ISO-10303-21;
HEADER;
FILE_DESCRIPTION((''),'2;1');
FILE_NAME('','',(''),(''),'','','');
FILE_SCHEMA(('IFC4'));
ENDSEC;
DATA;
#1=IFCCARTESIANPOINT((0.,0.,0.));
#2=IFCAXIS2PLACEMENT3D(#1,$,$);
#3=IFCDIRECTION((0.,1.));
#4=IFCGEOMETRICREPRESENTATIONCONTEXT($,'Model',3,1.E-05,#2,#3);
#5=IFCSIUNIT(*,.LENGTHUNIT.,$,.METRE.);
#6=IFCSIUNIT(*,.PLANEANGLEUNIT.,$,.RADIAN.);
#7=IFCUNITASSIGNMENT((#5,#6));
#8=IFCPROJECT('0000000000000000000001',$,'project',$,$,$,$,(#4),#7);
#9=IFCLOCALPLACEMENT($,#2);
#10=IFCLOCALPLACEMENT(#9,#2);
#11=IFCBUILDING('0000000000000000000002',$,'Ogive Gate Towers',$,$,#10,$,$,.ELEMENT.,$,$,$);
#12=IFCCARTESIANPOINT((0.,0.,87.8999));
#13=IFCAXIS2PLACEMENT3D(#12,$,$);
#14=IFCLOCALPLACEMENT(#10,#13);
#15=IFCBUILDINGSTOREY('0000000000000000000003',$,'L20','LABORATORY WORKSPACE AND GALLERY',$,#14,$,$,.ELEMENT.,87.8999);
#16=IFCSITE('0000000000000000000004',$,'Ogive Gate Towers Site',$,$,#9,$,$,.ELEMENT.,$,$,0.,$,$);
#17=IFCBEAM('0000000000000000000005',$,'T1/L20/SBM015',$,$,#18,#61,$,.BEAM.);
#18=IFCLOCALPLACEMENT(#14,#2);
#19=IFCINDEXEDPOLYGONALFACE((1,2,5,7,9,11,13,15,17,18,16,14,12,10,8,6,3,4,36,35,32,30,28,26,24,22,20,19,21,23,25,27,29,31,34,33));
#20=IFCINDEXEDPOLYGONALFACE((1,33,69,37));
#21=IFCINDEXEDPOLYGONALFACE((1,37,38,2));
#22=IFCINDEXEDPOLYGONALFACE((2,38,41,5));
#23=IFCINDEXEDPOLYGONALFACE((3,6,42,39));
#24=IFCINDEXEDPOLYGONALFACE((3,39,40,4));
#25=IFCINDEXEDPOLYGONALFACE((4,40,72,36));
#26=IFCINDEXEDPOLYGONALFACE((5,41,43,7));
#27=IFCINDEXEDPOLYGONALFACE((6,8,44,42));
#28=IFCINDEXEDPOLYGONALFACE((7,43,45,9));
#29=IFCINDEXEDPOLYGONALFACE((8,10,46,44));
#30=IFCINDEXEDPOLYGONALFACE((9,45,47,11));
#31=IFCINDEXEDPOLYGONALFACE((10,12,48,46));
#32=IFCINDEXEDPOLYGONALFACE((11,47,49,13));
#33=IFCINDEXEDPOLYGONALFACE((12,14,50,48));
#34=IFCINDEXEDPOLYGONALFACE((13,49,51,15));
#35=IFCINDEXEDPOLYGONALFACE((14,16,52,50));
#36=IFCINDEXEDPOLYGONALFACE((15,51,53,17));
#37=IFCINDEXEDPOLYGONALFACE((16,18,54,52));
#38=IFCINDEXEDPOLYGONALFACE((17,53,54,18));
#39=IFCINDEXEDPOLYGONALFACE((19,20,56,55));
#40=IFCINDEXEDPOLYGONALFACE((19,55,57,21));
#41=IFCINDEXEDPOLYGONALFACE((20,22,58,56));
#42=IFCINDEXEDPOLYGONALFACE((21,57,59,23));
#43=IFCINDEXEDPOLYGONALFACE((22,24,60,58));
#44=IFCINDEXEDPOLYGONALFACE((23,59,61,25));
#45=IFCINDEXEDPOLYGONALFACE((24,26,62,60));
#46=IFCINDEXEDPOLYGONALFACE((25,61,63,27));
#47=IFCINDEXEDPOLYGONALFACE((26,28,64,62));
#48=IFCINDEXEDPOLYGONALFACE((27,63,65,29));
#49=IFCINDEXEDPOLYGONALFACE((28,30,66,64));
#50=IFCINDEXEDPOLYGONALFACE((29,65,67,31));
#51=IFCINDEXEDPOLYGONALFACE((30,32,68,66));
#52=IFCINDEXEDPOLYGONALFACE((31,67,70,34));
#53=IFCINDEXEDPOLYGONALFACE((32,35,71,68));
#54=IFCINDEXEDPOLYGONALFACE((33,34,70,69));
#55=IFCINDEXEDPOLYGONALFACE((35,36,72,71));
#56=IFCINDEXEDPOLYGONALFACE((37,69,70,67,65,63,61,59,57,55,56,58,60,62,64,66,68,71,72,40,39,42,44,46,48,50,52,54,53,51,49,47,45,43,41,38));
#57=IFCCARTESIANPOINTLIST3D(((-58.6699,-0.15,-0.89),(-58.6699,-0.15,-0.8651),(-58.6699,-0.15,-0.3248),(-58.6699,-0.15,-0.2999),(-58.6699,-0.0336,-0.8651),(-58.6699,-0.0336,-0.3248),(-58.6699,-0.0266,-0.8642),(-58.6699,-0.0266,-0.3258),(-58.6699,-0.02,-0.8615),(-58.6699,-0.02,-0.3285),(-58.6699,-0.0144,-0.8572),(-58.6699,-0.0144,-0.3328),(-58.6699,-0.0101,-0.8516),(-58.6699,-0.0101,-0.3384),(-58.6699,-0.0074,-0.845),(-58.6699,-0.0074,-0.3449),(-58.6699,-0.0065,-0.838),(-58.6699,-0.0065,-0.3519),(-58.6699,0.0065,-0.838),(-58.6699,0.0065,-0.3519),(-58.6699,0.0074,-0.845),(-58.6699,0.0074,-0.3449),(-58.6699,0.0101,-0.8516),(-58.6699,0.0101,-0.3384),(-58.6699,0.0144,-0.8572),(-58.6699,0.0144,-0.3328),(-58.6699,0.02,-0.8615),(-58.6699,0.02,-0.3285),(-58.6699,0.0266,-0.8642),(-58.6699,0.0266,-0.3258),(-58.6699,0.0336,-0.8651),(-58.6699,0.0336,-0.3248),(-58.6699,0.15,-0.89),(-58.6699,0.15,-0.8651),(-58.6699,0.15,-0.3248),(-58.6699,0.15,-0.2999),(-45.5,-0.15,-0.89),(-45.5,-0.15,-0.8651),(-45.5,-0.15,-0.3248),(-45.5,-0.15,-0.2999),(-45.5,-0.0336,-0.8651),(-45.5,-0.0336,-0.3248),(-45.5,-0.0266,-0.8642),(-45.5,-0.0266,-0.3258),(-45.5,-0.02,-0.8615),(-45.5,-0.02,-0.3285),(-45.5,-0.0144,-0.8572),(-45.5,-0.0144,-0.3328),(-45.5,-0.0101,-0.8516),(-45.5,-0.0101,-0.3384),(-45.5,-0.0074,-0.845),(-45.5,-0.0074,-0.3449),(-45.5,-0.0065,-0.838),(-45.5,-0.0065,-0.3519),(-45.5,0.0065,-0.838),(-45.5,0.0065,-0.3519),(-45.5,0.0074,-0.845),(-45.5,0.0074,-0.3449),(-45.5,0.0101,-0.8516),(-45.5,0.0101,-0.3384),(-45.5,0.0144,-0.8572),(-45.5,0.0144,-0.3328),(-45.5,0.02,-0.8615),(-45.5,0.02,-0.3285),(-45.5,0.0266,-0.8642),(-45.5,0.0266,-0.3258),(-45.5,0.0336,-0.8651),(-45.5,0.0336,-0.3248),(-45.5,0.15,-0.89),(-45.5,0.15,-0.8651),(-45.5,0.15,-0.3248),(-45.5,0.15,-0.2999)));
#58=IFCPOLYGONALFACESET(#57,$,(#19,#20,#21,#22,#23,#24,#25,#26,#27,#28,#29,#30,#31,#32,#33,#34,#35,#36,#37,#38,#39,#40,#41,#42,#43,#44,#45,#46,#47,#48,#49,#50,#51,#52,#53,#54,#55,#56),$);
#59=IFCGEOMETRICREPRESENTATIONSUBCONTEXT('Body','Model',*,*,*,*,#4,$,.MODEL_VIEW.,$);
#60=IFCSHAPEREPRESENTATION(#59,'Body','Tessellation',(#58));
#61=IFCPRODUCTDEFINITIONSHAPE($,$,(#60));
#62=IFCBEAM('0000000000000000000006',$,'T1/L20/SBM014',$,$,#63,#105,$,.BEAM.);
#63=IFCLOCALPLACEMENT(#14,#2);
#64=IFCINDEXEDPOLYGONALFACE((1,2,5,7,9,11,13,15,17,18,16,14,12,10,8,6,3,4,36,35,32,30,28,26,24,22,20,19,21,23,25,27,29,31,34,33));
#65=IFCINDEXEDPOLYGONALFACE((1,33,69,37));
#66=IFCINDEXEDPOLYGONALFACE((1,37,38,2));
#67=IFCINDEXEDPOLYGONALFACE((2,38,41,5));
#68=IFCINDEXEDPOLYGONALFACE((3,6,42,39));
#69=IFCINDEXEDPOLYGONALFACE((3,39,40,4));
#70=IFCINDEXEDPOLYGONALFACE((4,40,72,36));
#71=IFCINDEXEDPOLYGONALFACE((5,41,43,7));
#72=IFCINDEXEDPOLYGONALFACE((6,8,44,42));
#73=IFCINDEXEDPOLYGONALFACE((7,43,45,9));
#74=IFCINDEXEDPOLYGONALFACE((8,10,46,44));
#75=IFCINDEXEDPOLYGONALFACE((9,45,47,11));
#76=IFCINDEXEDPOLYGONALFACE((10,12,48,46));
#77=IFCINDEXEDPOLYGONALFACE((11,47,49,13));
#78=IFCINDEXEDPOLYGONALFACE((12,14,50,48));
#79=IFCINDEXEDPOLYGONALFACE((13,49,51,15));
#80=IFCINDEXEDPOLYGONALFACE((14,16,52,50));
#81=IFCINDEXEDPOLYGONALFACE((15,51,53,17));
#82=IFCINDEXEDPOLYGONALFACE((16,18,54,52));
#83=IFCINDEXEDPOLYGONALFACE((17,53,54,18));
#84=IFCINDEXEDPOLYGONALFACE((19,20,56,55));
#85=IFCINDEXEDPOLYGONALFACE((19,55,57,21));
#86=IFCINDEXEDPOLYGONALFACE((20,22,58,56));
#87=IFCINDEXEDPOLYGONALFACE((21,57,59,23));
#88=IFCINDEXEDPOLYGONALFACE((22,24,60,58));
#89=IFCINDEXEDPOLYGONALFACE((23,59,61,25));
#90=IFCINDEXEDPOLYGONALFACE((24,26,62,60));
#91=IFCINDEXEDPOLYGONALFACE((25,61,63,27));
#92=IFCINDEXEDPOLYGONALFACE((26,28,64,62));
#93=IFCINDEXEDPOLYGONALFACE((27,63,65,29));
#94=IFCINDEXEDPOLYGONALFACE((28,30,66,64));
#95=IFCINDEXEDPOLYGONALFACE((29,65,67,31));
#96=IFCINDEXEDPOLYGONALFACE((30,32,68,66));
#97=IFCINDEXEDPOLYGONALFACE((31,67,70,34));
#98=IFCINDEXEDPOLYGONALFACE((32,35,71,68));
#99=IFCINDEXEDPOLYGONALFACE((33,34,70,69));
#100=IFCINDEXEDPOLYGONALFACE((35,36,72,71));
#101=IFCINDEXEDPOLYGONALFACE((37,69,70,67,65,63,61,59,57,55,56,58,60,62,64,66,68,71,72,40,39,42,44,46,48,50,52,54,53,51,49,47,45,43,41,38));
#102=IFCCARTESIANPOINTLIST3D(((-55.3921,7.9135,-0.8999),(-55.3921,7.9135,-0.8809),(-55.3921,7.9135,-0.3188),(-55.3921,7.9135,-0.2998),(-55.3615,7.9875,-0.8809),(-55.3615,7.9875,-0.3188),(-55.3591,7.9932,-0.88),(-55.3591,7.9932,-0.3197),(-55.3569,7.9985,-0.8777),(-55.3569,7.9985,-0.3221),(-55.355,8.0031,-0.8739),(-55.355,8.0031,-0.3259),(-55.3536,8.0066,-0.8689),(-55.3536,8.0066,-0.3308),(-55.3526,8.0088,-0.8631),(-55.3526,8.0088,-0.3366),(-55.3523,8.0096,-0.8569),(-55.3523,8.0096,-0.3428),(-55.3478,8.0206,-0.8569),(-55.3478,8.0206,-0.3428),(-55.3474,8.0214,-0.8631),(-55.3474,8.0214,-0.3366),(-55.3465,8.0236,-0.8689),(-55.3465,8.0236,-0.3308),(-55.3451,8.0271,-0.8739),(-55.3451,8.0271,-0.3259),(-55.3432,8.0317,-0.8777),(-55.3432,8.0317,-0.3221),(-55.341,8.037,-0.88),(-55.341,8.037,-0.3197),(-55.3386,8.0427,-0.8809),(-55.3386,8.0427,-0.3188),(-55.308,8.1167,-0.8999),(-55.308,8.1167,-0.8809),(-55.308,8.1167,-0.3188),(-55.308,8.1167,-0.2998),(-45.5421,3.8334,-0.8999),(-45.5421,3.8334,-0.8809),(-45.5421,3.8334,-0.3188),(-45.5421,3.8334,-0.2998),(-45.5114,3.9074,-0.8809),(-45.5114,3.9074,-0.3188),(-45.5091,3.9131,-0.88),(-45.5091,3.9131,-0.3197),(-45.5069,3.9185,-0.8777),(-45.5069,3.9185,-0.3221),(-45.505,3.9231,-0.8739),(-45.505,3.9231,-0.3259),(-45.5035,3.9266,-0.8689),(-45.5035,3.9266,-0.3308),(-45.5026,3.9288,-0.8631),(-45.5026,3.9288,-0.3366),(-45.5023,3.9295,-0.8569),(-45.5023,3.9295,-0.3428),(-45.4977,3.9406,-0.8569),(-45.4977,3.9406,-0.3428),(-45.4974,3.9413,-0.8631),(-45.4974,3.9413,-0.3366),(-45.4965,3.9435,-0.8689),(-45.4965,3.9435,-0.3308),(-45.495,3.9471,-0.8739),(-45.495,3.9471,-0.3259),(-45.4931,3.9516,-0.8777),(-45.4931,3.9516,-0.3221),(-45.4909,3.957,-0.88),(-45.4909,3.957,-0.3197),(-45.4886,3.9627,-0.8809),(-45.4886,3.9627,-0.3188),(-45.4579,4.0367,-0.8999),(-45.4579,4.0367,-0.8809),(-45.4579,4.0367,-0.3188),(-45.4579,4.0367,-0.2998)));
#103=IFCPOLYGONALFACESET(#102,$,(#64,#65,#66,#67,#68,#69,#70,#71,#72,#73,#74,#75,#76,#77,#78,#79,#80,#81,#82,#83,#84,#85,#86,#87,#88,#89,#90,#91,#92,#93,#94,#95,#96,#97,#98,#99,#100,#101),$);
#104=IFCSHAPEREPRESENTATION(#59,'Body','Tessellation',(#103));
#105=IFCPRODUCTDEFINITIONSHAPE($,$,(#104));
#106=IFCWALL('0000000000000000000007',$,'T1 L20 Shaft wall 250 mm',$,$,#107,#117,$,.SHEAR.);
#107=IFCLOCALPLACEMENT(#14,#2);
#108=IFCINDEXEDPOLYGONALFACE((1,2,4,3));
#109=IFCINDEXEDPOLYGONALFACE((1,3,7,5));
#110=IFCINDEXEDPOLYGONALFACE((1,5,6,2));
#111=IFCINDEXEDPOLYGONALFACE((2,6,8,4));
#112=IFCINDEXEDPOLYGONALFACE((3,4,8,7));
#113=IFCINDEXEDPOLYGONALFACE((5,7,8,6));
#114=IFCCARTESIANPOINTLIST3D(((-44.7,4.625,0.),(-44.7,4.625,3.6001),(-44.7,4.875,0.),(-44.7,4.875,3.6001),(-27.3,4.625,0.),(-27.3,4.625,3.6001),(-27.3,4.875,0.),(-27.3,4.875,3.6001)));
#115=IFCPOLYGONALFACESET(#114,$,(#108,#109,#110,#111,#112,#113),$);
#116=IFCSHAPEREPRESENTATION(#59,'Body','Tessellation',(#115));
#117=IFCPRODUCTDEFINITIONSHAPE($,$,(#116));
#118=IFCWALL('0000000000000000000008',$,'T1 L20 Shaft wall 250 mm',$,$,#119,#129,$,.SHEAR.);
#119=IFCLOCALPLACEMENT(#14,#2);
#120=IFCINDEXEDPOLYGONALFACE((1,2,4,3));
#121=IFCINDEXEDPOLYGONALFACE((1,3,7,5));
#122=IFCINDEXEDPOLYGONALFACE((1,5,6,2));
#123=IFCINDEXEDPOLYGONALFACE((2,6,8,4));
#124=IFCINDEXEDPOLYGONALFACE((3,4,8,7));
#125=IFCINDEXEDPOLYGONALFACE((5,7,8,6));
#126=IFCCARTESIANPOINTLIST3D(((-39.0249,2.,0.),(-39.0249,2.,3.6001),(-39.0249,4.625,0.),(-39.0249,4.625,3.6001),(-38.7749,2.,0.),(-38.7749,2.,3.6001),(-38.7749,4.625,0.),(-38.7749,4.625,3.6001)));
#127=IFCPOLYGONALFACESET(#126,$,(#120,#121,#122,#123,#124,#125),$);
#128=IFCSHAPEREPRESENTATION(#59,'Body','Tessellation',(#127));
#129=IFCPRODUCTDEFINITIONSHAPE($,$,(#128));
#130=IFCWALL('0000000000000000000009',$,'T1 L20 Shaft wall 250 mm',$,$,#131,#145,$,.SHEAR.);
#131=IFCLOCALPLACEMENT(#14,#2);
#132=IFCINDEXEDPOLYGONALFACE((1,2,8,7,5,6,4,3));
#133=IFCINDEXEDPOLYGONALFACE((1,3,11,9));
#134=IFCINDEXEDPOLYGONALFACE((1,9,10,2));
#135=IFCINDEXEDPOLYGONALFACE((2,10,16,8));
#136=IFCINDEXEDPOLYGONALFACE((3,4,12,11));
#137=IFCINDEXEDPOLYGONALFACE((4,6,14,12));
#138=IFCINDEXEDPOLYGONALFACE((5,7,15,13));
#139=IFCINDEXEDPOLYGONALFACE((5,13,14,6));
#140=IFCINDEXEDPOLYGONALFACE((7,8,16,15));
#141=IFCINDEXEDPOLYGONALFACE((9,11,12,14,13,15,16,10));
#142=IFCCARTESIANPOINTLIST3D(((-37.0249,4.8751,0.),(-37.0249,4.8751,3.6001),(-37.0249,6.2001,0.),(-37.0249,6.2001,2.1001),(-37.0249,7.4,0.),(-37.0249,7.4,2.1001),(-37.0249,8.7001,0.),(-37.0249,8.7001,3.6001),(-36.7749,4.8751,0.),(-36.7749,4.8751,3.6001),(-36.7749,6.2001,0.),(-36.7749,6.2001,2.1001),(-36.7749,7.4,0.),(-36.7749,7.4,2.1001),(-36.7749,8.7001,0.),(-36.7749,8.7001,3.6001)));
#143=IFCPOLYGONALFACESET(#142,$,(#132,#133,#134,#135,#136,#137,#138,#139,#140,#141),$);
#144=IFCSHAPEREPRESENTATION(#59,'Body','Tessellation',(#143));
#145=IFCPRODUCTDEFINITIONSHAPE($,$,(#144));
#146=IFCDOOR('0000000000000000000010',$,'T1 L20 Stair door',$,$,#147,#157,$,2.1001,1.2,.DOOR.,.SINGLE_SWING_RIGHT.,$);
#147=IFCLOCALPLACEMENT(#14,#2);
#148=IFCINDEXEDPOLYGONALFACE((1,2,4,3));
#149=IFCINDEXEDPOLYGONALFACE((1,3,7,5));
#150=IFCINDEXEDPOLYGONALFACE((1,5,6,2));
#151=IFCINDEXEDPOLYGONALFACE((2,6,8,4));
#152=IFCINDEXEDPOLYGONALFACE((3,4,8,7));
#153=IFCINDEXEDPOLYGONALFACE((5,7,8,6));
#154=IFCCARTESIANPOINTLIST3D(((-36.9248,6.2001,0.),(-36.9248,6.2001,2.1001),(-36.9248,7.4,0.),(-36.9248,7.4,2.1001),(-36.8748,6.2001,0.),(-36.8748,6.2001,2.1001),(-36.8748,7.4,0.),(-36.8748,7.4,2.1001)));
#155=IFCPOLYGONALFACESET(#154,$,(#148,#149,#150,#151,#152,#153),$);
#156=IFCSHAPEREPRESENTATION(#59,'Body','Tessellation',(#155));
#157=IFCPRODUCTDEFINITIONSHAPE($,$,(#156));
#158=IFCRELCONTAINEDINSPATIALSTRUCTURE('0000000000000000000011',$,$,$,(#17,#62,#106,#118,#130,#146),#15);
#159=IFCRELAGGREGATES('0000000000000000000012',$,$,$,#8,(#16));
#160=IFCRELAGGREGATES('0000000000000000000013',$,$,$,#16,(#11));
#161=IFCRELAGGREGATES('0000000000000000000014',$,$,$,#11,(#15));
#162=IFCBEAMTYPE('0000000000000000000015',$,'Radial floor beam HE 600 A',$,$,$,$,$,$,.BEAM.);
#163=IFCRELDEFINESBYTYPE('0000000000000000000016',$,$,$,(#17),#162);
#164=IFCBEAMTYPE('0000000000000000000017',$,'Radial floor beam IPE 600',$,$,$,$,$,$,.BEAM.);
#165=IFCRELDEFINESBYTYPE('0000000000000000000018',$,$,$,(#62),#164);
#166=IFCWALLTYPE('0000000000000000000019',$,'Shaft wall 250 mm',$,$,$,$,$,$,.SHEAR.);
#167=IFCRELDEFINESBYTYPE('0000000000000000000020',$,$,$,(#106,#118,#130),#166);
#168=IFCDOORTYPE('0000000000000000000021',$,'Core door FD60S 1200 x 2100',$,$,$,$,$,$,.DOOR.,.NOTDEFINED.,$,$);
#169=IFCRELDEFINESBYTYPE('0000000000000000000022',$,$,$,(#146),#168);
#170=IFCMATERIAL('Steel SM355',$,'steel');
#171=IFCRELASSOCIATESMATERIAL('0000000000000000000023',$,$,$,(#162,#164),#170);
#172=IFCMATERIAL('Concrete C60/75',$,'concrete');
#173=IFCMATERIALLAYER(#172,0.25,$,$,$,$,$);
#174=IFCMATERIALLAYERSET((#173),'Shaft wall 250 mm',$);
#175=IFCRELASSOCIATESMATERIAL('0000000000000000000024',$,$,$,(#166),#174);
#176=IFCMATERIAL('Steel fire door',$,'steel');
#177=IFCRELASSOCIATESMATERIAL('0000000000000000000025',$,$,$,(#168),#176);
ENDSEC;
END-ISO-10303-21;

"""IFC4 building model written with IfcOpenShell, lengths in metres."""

from ifc_helpers import new_model, si_unit, direction, frame, frame_2d, origin, origin_2d, place, context, subcontext, project, spatial, rectangle, i_section, extrude, material, layer, layer_set, material_profile, profile_set, type_object, element, fill, save


model = new_model("IFC4")

# Units and contexts
model_context = context("Model", 3, precision=1e-05, world=origin(), true_north=direction((0.0, 1.0)))
body_context = subcontext(model_context, "Body", "Model", "MODEL_VIEW")
ifc_project = project(units=[si_unit("LENGTHUNIT", "METRE"), si_unit("PLANEANGLEUNIT", "RADIAN")], contexts=[model_context])

# Site, building, storey
site_placement = place(None, origin())
site = spatial("IfcSite", under=ifc_project, at=site_placement, Name="Ogive Gate Towers Site", CompositionType="ELEMENT", RefElevation=0.0)
building_placement = place(site_placement, origin())
building = spatial("IfcBuilding", under=site, at=building_placement, Name="Ogive Gate Towers", CompositionType="ELEMENT")
storey_placement = place(building_placement, frame((0.0, 0.0, 87.8999)))
storey = spatial("IfcBuildingStorey", under=building, at=storey_placement, Name="L20", Description="LABORATORY WORKSPACE AND GALLERY", CompositionType="ELEMENT", Elevation=87.8999)

# Beams
ifc_material_1 = material(Name="Steel SM355", Category="steel")
ifc_material_profile_1 = material_profile(ifc_material_1, i_section(OverallWidth=0.3, OverallDepth=0.5901, WebThickness=0.0129, FlangeThickness=0.0249, FilletRadius=0.0271, at=origin_2d()), Name="HE 600 A")
ifc_profile_set_1 = profile_set([ifc_material_profile_1], Name="Steel SM355")
beam_type_1 = type_object("IfcBeamType", Name="Radial floor beam HE 600 A", PredefinedType="BEAM", material=ifc_profile_set_1)
beam_1_placement = place(storey_placement, frame((-45.5, 0.0, -0.595), z_axis=(-1.0, 0.0, 0.0), x_axis=(0.0, -1.0, 0.0)))
element("IfcBeam", 1, at=beam_1_placement, inside=storey, type_object=beam_type_1, Name="T1/L20/SBM015", PredefinedType="BEAM", context=body_context, shape_type="SweptSolid", body=[
    extrude(i_section(OverallWidth=0.3, OverallDepth=0.5901, WebThickness=0.0129, FlangeThickness=0.0249, FilletRadius=0.0271, at=origin_2d()), origin(), (0.0, 0.0, 1.0), 13.1699),
])
ifc_material_profile_2 = material_profile(ifc_material_1, i_section(OverallWidth=0.22, OverallDepth=0.6001, WebThickness=0.012, FlangeThickness=0.019, FilletRadius=0.0239, at=origin_2d()), Name="IPE 600")
ifc_profile_set_2 = profile_set([ifc_material_profile_2], Name="Steel SM355")
beam_type_2 = type_object("IfcBeamType", Name="Radial floor beam IPE 600", PredefinedType="BEAM", material=ifc_profile_set_2)
beam_2_placement = place(storey_placement, frame((-45.5, 3.9351, -0.5999), z_axis=(-0.923878, 0.382686, 0.0), x_axis=(-0.382686, -0.923878, 0.0)))
element("IfcBeam", 2, at=beam_2_placement, inside=storey, type_object=beam_type_2, Name="T1/L20/SBM014", PredefinedType="BEAM", context=body_context, shape_type="SweptSolid", body=[
    extrude(i_section(OverallWidth=0.22, OverallDepth=0.6001, WebThickness=0.012, FlangeThickness=0.019, FilletRadius=0.0239, at=origin_2d()), origin(), (0.0, 0.0, 1.0), 10.6616),
])

# Walls
ifc_material_2 = material(Name="Concrete C60/75", Category="concrete")
ifc_layer_1 = layer(ifc_material_2, 0.25)
ifc_layer_set_1 = layer_set([ifc_layer_1], Name="Shaft wall 250 mm")
wall_type_1 = type_object("IfcWallType", Name="Shaft wall 250 mm", PredefinedType="SHEAR", material=ifc_layer_set_1)
wall_1_placement = place(storey_placement, frame((-44.7, 4.75, 0.0), z_axis=(0.0, 0.0, 1.0), x_axis=(1.0, 0.0, 0.0)))
element("IfcWall", 3, at=wall_1_placement, inside=storey, type_object=wall_type_1, Name="T1 L20 Shaft wall 250 mm", PredefinedType="SHEAR", context=body_context, shape_type="SweptSolid", body=[
    extrude(rectangle(XDim=17.3999, YDim=0.25, at=frame_2d((8.7, 0.0))), origin(), (0.0, 0.0, 1.0), 3.6001),
])
wall_2_placement = place(storey_placement, frame((-38.8999, 2.0, 0.0), z_axis=(0.0, 0.0, 1.0), x_axis=(0.0, 1.0, 0.0)))
element("IfcWall", 4, at=wall_2_placement, inside=storey, type_object=wall_type_1, Name="T1 L20 Shaft wall 250 mm", PredefinedType="SHEAR", context=body_context, shape_type="SweptSolid", body=[
    extrude(rectangle(XDim=2.625, YDim=0.25, at=frame_2d((1.3125, 0.0))), origin(), (0.0, 0.0, 1.0), 3.6001),
])

# Wall, opening, door
wall_3_placement = place(storey_placement, frame((-36.8999, 4.875, 0.0), z_axis=(0.0, 0.0, 1.0), x_axis=(0.0, 1.0, 0.0)))
wall_3 = element("IfcWall", 5, at=wall_3_placement, inside=storey, type_object=wall_type_1, Name="T1 L20 Shaft wall 250 mm", PredefinedType="SHEAR", context=body_context, shape_type="SweptSolid", body=[
    extrude(rectangle(XDim=3.825, YDim=0.25, at=frame_2d((1.9126, 0.0))), origin(), (0.0, 0.0, 1.0), 3.6001),
])
opening_1_placement = place(wall_3_placement, frame((1.325, 0.0, 0.0)))
opening_1 = element("IfcOpeningElement", 6, at=opening_1_placement, cuts=wall_3, PredefinedType="OPENING", context=body_context, shape_type="SweptSolid", body=[
    extrude(rectangle(XDim=1.2, YDim=2.1001, at=frame_2d((0.6001, 1.05))), frame((0.0, 0.135, 0.0), z_axis=(0.0, -1.0, 0.0), x_axis=(1.0, 0.0, 0.0)), (0.0, 0.0, 1.0), 0.27),
])
ifc_material_3 = material(Name="Steel fire door", Category="steel")
door_type_1 = type_object("IfcDoorType", Name="Core door FD60S 1200 x 2100", OperationType="NOTDEFINED", PredefinedType="DOOR", material=ifc_material_3)
door_1_placement = place(opening_1_placement, origin())
door_1 = element("IfcDoor", 7, at=door_1_placement, inside=storey, type_object=door_type_1, Name="T1 L20 Stair door", OperationType="SINGLE_SWING_RIGHT", OverallHeight=2.1001, OverallWidth=1.2, PredefinedType="DOOR", context=body_context, shape_type="SweptSolid", body=[
    extrude(rectangle(XDim=1.2, YDim=2.1001, at=frame_2d((0.6001, 1.05))), frame((0.0, 0.0249, 0.0), z_axis=(0.0, -1.0, 0.0), x_axis=(1.0, 0.0, 0.0)), (0.0, 0.0, 1.0), 0.05),
])
fill(opening_1, door_1)

save(model, "model.ifc")
